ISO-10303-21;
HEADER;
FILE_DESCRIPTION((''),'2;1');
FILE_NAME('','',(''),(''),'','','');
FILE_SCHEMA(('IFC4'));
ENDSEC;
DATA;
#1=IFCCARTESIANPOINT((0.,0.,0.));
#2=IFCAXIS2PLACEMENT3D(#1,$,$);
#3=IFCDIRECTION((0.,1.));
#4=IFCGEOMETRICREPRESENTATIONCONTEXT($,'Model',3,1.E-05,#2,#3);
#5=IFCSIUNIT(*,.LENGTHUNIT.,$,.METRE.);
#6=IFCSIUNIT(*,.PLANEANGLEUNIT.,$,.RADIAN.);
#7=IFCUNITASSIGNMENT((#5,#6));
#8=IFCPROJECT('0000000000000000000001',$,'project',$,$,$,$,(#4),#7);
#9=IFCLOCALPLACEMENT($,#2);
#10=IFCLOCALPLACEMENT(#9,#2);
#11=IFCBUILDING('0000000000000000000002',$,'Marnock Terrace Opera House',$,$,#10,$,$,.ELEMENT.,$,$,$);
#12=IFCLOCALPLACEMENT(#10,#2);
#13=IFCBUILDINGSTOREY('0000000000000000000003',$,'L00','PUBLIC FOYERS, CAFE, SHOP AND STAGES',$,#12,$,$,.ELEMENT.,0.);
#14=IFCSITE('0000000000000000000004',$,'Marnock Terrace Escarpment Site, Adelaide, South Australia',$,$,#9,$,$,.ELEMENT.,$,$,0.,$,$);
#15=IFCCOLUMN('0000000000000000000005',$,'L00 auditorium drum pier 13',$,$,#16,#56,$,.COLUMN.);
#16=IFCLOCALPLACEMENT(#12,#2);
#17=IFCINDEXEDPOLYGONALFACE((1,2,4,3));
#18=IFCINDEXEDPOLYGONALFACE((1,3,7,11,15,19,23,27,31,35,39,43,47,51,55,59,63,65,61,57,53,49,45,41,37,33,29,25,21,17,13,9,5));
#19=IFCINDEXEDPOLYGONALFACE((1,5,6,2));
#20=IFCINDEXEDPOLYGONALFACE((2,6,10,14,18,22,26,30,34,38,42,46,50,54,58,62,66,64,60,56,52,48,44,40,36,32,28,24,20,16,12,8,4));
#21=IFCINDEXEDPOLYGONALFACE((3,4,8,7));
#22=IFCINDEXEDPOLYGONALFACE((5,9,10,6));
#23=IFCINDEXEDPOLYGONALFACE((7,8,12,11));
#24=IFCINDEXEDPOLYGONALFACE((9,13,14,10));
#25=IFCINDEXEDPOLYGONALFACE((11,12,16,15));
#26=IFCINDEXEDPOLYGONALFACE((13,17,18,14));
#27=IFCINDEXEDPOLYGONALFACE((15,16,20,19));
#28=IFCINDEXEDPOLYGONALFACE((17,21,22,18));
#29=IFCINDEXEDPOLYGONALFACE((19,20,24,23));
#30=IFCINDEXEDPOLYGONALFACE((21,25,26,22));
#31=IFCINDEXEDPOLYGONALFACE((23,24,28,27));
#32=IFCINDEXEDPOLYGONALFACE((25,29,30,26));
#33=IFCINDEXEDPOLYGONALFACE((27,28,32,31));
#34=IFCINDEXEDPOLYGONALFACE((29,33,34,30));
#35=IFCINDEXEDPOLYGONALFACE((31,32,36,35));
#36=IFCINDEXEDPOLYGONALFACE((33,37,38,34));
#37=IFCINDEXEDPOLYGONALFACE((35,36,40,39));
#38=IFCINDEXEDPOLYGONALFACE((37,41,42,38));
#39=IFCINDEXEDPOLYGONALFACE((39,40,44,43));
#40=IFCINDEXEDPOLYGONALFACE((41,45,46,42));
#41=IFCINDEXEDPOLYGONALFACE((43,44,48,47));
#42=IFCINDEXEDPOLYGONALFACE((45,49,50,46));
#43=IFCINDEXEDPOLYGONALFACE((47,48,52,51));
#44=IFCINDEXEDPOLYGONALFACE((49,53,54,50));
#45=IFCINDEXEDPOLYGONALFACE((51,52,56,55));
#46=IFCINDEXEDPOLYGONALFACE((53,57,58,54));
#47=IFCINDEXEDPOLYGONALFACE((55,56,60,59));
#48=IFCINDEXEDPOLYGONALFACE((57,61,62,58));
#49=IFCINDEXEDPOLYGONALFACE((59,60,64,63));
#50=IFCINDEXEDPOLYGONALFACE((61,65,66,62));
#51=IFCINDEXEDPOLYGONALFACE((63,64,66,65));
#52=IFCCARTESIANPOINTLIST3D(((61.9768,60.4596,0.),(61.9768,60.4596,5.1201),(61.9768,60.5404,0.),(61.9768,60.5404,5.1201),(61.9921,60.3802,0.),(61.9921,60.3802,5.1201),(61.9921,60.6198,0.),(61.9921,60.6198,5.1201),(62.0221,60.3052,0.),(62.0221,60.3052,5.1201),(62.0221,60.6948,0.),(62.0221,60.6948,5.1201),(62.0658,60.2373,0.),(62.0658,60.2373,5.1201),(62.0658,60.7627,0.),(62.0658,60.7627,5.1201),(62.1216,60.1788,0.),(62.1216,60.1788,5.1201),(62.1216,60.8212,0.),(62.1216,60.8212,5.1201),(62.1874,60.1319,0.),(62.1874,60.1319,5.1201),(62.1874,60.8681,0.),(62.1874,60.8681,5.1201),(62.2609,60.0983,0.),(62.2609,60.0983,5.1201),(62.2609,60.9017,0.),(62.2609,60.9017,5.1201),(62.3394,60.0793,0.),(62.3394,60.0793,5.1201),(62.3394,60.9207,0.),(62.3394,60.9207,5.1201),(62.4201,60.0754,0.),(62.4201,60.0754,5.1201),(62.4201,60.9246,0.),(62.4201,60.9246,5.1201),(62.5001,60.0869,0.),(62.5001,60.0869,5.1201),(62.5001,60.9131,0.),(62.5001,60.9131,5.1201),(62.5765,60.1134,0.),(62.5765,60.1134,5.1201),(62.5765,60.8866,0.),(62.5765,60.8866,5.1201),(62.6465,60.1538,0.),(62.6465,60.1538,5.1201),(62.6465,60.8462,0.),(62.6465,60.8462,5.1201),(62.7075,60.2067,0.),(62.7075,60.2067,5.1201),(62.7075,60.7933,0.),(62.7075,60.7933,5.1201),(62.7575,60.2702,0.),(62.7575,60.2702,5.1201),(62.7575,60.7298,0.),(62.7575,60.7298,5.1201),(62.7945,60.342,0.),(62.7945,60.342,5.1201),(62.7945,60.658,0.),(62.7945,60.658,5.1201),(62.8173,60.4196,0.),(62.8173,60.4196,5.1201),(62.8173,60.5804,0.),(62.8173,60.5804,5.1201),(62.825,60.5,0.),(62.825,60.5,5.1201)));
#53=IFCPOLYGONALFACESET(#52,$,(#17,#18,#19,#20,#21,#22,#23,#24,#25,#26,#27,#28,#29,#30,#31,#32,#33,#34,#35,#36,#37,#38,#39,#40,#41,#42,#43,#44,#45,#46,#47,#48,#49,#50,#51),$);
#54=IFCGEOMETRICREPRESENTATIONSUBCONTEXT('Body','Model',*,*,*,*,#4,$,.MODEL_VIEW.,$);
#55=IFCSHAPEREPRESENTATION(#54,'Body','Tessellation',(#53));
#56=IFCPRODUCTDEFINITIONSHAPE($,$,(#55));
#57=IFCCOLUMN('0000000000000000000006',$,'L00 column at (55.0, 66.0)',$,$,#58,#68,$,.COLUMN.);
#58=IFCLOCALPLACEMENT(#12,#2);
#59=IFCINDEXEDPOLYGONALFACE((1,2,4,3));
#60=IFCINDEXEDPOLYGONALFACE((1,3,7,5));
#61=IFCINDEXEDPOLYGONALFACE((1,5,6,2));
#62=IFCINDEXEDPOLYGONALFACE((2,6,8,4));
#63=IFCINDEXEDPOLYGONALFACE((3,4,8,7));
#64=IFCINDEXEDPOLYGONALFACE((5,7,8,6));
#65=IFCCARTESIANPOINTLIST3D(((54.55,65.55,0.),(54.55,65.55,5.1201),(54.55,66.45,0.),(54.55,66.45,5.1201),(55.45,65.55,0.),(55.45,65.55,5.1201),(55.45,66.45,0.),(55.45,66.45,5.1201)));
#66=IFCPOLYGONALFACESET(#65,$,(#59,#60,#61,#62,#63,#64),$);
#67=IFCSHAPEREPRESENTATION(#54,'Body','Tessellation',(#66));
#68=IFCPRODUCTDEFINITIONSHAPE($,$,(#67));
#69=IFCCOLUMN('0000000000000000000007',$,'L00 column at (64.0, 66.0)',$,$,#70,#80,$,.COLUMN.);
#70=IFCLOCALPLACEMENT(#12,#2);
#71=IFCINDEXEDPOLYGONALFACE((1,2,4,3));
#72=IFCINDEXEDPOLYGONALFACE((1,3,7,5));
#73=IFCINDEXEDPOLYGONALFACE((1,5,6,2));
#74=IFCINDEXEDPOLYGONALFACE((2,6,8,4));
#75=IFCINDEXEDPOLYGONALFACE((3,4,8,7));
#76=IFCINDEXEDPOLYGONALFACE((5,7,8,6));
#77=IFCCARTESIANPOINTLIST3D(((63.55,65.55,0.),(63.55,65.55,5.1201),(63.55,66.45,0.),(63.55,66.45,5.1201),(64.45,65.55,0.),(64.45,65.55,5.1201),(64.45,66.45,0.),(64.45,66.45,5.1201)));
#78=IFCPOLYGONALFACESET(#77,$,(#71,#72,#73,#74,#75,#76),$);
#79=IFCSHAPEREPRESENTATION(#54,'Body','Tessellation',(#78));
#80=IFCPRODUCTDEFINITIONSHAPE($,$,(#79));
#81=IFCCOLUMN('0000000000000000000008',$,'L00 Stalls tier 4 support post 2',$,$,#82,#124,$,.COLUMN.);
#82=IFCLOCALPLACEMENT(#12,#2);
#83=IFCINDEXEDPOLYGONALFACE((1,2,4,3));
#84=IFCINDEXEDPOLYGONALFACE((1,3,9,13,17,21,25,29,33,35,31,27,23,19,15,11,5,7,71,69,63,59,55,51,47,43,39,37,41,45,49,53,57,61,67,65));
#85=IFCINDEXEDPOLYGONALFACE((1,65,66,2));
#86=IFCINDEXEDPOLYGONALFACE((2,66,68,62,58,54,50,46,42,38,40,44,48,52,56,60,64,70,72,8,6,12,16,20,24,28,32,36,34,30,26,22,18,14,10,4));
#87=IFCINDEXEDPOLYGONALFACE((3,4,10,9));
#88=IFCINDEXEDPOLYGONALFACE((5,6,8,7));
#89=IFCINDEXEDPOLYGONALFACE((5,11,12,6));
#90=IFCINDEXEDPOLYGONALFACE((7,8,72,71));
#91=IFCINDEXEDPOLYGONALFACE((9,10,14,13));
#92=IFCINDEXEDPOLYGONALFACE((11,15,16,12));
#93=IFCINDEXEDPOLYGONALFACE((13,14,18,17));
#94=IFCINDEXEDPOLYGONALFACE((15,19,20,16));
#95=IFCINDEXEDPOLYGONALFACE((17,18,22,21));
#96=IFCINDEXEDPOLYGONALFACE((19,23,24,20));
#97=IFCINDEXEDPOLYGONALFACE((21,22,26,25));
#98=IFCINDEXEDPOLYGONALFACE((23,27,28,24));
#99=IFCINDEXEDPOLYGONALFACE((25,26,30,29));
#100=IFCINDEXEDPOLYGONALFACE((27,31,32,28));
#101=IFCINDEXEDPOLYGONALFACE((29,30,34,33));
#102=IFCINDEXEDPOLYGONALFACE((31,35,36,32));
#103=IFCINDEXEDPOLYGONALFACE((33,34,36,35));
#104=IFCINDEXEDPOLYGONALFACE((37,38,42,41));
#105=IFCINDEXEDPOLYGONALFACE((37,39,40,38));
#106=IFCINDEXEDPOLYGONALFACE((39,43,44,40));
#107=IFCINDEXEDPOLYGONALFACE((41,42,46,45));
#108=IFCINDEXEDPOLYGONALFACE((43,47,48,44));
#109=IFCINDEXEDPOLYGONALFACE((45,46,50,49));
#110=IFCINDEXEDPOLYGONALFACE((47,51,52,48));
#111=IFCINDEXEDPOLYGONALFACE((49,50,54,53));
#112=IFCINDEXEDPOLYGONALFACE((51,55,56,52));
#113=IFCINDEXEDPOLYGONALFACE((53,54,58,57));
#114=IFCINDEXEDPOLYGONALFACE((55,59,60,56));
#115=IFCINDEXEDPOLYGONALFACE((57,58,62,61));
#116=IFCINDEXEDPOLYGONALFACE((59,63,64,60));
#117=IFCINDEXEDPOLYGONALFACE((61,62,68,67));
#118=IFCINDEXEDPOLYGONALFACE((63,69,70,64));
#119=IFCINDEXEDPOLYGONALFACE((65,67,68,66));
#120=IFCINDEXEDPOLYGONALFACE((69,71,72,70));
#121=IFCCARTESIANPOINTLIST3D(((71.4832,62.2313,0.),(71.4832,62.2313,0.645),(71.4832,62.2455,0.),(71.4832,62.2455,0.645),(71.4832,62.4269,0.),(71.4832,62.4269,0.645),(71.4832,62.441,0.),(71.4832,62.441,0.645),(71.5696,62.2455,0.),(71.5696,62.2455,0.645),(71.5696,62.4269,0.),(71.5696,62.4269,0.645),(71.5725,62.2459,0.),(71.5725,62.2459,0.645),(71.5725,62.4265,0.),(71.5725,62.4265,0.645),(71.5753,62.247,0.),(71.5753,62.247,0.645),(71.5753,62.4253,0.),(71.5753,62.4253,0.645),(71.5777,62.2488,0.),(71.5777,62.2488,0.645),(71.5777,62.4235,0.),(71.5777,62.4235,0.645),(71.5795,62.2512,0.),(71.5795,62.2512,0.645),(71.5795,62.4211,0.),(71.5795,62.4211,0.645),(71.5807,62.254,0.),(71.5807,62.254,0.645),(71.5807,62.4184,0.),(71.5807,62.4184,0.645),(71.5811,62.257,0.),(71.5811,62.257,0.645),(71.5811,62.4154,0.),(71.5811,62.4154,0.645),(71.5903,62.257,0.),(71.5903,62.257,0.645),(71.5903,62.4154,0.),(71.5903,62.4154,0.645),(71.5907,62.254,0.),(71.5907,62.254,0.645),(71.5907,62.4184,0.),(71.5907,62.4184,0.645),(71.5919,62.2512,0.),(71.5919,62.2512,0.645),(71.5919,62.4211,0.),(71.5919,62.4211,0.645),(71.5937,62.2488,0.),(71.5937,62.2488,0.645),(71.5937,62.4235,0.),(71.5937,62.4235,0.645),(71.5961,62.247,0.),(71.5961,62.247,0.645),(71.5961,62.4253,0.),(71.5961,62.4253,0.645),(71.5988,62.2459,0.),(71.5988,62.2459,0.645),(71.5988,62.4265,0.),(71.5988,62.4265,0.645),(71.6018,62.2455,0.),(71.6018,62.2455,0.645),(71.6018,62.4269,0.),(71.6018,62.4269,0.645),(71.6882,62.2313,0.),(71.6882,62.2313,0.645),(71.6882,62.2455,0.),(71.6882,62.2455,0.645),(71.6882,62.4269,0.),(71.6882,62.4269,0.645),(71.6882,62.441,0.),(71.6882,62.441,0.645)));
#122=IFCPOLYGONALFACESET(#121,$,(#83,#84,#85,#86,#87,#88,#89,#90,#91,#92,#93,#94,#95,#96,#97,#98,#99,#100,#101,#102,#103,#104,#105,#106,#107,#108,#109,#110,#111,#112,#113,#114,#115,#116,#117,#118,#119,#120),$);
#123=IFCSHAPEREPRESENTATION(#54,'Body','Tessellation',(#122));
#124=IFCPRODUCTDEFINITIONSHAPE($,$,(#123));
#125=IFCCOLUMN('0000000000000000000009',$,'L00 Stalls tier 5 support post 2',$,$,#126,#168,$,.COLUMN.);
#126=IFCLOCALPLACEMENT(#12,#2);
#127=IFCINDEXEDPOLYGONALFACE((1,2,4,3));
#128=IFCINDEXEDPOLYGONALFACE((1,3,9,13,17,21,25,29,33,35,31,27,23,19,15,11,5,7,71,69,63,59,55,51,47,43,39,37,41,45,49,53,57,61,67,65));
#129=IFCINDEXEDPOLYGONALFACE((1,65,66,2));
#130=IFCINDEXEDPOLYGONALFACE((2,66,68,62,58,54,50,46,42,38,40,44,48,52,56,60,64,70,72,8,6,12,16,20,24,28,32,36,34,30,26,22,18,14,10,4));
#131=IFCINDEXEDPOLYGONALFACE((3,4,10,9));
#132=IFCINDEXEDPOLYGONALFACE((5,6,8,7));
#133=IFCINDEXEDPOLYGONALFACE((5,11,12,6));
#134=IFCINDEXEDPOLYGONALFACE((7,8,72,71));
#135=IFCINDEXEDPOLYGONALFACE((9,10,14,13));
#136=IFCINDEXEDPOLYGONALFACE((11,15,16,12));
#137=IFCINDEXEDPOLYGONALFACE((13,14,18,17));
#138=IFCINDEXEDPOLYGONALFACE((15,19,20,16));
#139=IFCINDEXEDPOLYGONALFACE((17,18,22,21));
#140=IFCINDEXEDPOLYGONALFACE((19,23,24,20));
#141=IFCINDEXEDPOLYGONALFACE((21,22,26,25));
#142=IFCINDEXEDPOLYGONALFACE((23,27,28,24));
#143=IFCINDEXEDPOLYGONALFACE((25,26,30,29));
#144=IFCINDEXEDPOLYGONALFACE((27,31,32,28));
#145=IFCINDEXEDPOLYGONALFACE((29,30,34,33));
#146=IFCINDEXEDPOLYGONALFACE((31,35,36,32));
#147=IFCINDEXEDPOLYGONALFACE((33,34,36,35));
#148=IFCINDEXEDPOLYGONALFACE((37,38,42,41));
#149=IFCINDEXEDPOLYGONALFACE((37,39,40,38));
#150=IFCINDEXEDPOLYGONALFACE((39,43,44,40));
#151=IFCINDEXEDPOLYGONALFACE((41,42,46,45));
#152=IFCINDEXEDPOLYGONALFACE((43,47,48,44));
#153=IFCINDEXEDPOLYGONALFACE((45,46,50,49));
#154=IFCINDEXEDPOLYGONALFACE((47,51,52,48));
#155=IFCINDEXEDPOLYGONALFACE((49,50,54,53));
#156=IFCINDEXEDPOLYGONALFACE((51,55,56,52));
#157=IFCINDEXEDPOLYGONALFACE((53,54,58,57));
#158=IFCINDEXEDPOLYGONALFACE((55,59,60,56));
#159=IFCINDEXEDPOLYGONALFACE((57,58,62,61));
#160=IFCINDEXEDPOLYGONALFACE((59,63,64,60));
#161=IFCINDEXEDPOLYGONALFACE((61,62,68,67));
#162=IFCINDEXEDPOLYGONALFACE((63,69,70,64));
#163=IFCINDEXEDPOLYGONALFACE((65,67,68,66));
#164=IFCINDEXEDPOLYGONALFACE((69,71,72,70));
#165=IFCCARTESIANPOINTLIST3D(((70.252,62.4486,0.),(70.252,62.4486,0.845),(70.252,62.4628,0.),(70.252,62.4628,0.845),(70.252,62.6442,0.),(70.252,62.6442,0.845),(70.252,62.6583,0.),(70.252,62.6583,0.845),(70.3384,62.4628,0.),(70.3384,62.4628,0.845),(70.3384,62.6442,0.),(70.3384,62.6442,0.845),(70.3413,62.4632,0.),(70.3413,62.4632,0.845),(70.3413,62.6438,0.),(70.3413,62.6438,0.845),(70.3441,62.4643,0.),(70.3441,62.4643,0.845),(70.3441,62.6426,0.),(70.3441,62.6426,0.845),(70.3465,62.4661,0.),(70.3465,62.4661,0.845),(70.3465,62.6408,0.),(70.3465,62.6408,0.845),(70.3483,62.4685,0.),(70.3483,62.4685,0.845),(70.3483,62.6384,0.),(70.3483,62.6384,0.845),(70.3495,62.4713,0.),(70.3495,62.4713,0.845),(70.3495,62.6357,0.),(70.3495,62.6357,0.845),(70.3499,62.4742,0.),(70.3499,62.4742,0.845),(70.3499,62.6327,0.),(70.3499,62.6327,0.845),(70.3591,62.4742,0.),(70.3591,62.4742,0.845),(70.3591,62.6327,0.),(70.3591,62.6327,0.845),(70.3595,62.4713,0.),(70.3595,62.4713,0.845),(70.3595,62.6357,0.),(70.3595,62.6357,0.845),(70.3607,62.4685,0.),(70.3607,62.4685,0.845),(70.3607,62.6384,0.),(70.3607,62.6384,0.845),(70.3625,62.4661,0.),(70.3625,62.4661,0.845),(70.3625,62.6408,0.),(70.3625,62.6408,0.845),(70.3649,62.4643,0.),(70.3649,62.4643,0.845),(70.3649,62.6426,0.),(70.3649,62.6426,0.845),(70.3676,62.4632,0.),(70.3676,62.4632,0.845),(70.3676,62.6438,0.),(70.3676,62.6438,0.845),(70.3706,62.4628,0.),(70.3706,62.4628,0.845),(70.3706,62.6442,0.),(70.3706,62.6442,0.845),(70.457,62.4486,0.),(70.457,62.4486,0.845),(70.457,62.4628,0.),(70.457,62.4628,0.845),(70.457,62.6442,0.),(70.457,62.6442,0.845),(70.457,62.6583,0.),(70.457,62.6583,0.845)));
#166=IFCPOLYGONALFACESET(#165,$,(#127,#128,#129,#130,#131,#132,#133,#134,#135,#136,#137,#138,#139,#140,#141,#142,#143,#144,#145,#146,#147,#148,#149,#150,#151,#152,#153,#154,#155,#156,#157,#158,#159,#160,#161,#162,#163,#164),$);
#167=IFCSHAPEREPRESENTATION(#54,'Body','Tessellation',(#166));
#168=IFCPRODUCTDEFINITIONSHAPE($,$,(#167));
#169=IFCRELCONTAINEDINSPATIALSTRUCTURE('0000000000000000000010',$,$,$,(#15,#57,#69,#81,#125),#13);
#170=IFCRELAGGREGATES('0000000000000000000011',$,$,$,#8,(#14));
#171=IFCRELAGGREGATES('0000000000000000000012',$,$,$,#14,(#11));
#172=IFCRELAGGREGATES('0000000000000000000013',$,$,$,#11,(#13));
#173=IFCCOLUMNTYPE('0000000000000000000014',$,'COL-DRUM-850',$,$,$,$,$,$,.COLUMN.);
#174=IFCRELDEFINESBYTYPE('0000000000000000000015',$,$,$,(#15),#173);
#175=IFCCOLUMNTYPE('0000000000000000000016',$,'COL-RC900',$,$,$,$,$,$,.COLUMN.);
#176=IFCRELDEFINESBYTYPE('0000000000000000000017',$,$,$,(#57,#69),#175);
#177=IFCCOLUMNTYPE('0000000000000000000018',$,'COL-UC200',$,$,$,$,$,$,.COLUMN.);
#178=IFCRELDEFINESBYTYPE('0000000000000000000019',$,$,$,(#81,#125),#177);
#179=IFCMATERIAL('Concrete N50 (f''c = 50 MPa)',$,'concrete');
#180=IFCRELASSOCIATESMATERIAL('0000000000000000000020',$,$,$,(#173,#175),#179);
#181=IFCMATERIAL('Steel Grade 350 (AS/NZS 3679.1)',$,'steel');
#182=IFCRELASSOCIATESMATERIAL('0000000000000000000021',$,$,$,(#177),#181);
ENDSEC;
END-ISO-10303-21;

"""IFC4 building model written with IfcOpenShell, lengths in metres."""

from ifc_helpers import new_model, si_unit, direction, frame, origin, origin_2d, place, context, subcontext, project, spatial, rectangle, circle, i_section, extrude, material, material_profile, profile_set, type_object, element, save


model = new_model("IFC4")

# Units and contexts
model_context = context("Model", 3, precision=1e-05, world=origin(), true_north=direction((0.0, 1.0)))
body_context = subcontext(model_context, "Body", "Model", "MODEL_VIEW")
ifc_project = project(units=[si_unit("LENGTHUNIT", "METRE"), si_unit("PLANEANGLEUNIT", "RADIAN")], contexts=[model_context])

# Site, building, storey
site_placement = place(None, origin())
site = spatial("IfcSite", under=ifc_project, at=site_placement, Name="Marnock Terrace Escarpment Site, Adelaide, South Australia", CompositionType="ELEMENT", RefElevation=0.0)
building_placement = place(site_placement, origin())
building = spatial("IfcBuilding", under=site, at=building_placement, Name="Marnock Terrace Opera House", CompositionType="ELEMENT")
storey_placement = place(building_placement, origin())
storey = spatial("IfcBuildingStorey", under=building, at=storey_placement, Name="L00", Description="PUBLIC FOYERS, CAFE, SHOP AND STAGES", CompositionType="ELEMENT", Elevation=0.0)

# Columns
ifc_material_1 = material(Name="Concrete N50 (f'c = 50 MPa)", Category="concrete")
ifc_material_profile_1 = material_profile(ifc_material_1, circle(Radius=0.425, at=origin_2d()))
ifc_profile_set_1 = profile_set([ifc_material_profile_1], Name="Concrete N50 (f'c = 50 MPa)")
column_type_1 = type_object("IfcColumnType", Name="COL-DRUM-850", PredefinedType="COLUMN", material=ifc_profile_set_1)
column_1_placement = place(storey_placement, frame((62.3999, 60.5, 0.0), z_axis=(0.0, 0.0, 1.0), x_axis=(1.0, 0.0, 0.0)))
element("IfcColumn", 1, at=column_1_placement, inside=storey, type_object=column_type_1, Name="L00 auditorium drum pier 13", PredefinedType="COLUMN", context=body_context, shape_type="SweptSolid", body=[
    extrude(circle(Radius=0.425, at=origin_2d()), origin(), (0.0, 0.0, 1.0), 5.1201),
])
ifc_material_profile_2 = material_profile(ifc_material_1, rectangle(XDim=0.8999, YDim=0.8999, at=origin_2d()))
ifc_profile_set_2 = profile_set([ifc_material_profile_2], Name="Concrete N50 (f'c = 50 MPa)")
column_type_2 = type_object("IfcColumnType", Name="COL-RC900", PredefinedType="COLUMN", material=ifc_profile_set_2)
for number, where, z_axis, x_axis, name in (
    (2, (55.0, 66.0, 0.0), (0.0, 0.0, 1.0), (1.0, 0.0, 0.0), "L00 column at (55.0, 66.0)"),
    (3, (64.0, 66.0, 0.0), (0.0, 0.0, 1.0), (1.0, 0.0, 0.0), "L00 column at (64.0, 66.0)"),
):
    element("IfcColumn", number, at=place(storey_placement, frame(where, z_axis=z_axis, x_axis=x_axis)), inside=storey, type_object=column_type_2, Name=name, PredefinedType="COLUMN", context=body_context, shape_type="SweptSolid", body=[
        extrude(rectangle(XDim=0.8999, YDim=0.8999, at=origin_2d()), origin(), (0.0, 0.0, 1.0), 5.1201),
    ])
ifc_material_2 = material(Name="Steel Grade 350 (AS/NZS 3679.1)", Category="steel")
ifc_material_profile_3 = material_profile(ifc_material_2, i_section(OverallWidth=0.2051, OverallDepth=0.2097, WebThickness=0.0093, FlangeThickness=0.0142, FilletRadius=0.0115, at=origin_2d()))
ifc_profile_set_3 = profile_set([ifc_material_profile_3], Name="Steel Grade 350 (AS/NZS 3679.1)")
column_type_3 = type_object("IfcColumnType", Name="COL-UC200", PredefinedType="COLUMN", material=ifc_profile_set_3)
column_2_placement = place(storey_placement, frame((71.5857, 62.3362, 0.0), z_axis=(0.0, 0.0, 1.0), x_axis=(1.0, 0.0, 0.0)))
element("IfcColumn", 4, at=column_2_placement, inside=storey, type_object=column_type_3, Name="L00 Stalls tier 4 support post 2", PredefinedType="COLUMN", context=body_context, shape_type="SweptSolid", body=[
    extrude(i_section(OverallWidth=0.2051, OverallDepth=0.2097, WebThickness=0.0093, FlangeThickness=0.0142, FilletRadius=0.0115, at=origin_2d()), origin(), (0.0, 0.0, 1.0), 0.645),
])
column_3_placement = place(storey_placement, frame((70.3545, 62.5535, 0.0), z_axis=(0.0, 0.0, 1.0), x_axis=(1.0, 0.0, 0.0)))
element("IfcColumn", 5, at=column_3_placement, inside=storey, type_object=column_type_3, Name="L00 Stalls tier 5 support post 2", PredefinedType="COLUMN", context=body_context, shape_type="SweptSolid", body=[
    extrude(i_section(OverallWidth=0.2051, OverallDepth=0.2097, WebThickness=0.0093, FlangeThickness=0.0142, FilletRadius=0.0115, at=origin_2d()), origin(), (0.0, 0.0, 1.0), 0.845),
])

save(model, "model.ifc")
